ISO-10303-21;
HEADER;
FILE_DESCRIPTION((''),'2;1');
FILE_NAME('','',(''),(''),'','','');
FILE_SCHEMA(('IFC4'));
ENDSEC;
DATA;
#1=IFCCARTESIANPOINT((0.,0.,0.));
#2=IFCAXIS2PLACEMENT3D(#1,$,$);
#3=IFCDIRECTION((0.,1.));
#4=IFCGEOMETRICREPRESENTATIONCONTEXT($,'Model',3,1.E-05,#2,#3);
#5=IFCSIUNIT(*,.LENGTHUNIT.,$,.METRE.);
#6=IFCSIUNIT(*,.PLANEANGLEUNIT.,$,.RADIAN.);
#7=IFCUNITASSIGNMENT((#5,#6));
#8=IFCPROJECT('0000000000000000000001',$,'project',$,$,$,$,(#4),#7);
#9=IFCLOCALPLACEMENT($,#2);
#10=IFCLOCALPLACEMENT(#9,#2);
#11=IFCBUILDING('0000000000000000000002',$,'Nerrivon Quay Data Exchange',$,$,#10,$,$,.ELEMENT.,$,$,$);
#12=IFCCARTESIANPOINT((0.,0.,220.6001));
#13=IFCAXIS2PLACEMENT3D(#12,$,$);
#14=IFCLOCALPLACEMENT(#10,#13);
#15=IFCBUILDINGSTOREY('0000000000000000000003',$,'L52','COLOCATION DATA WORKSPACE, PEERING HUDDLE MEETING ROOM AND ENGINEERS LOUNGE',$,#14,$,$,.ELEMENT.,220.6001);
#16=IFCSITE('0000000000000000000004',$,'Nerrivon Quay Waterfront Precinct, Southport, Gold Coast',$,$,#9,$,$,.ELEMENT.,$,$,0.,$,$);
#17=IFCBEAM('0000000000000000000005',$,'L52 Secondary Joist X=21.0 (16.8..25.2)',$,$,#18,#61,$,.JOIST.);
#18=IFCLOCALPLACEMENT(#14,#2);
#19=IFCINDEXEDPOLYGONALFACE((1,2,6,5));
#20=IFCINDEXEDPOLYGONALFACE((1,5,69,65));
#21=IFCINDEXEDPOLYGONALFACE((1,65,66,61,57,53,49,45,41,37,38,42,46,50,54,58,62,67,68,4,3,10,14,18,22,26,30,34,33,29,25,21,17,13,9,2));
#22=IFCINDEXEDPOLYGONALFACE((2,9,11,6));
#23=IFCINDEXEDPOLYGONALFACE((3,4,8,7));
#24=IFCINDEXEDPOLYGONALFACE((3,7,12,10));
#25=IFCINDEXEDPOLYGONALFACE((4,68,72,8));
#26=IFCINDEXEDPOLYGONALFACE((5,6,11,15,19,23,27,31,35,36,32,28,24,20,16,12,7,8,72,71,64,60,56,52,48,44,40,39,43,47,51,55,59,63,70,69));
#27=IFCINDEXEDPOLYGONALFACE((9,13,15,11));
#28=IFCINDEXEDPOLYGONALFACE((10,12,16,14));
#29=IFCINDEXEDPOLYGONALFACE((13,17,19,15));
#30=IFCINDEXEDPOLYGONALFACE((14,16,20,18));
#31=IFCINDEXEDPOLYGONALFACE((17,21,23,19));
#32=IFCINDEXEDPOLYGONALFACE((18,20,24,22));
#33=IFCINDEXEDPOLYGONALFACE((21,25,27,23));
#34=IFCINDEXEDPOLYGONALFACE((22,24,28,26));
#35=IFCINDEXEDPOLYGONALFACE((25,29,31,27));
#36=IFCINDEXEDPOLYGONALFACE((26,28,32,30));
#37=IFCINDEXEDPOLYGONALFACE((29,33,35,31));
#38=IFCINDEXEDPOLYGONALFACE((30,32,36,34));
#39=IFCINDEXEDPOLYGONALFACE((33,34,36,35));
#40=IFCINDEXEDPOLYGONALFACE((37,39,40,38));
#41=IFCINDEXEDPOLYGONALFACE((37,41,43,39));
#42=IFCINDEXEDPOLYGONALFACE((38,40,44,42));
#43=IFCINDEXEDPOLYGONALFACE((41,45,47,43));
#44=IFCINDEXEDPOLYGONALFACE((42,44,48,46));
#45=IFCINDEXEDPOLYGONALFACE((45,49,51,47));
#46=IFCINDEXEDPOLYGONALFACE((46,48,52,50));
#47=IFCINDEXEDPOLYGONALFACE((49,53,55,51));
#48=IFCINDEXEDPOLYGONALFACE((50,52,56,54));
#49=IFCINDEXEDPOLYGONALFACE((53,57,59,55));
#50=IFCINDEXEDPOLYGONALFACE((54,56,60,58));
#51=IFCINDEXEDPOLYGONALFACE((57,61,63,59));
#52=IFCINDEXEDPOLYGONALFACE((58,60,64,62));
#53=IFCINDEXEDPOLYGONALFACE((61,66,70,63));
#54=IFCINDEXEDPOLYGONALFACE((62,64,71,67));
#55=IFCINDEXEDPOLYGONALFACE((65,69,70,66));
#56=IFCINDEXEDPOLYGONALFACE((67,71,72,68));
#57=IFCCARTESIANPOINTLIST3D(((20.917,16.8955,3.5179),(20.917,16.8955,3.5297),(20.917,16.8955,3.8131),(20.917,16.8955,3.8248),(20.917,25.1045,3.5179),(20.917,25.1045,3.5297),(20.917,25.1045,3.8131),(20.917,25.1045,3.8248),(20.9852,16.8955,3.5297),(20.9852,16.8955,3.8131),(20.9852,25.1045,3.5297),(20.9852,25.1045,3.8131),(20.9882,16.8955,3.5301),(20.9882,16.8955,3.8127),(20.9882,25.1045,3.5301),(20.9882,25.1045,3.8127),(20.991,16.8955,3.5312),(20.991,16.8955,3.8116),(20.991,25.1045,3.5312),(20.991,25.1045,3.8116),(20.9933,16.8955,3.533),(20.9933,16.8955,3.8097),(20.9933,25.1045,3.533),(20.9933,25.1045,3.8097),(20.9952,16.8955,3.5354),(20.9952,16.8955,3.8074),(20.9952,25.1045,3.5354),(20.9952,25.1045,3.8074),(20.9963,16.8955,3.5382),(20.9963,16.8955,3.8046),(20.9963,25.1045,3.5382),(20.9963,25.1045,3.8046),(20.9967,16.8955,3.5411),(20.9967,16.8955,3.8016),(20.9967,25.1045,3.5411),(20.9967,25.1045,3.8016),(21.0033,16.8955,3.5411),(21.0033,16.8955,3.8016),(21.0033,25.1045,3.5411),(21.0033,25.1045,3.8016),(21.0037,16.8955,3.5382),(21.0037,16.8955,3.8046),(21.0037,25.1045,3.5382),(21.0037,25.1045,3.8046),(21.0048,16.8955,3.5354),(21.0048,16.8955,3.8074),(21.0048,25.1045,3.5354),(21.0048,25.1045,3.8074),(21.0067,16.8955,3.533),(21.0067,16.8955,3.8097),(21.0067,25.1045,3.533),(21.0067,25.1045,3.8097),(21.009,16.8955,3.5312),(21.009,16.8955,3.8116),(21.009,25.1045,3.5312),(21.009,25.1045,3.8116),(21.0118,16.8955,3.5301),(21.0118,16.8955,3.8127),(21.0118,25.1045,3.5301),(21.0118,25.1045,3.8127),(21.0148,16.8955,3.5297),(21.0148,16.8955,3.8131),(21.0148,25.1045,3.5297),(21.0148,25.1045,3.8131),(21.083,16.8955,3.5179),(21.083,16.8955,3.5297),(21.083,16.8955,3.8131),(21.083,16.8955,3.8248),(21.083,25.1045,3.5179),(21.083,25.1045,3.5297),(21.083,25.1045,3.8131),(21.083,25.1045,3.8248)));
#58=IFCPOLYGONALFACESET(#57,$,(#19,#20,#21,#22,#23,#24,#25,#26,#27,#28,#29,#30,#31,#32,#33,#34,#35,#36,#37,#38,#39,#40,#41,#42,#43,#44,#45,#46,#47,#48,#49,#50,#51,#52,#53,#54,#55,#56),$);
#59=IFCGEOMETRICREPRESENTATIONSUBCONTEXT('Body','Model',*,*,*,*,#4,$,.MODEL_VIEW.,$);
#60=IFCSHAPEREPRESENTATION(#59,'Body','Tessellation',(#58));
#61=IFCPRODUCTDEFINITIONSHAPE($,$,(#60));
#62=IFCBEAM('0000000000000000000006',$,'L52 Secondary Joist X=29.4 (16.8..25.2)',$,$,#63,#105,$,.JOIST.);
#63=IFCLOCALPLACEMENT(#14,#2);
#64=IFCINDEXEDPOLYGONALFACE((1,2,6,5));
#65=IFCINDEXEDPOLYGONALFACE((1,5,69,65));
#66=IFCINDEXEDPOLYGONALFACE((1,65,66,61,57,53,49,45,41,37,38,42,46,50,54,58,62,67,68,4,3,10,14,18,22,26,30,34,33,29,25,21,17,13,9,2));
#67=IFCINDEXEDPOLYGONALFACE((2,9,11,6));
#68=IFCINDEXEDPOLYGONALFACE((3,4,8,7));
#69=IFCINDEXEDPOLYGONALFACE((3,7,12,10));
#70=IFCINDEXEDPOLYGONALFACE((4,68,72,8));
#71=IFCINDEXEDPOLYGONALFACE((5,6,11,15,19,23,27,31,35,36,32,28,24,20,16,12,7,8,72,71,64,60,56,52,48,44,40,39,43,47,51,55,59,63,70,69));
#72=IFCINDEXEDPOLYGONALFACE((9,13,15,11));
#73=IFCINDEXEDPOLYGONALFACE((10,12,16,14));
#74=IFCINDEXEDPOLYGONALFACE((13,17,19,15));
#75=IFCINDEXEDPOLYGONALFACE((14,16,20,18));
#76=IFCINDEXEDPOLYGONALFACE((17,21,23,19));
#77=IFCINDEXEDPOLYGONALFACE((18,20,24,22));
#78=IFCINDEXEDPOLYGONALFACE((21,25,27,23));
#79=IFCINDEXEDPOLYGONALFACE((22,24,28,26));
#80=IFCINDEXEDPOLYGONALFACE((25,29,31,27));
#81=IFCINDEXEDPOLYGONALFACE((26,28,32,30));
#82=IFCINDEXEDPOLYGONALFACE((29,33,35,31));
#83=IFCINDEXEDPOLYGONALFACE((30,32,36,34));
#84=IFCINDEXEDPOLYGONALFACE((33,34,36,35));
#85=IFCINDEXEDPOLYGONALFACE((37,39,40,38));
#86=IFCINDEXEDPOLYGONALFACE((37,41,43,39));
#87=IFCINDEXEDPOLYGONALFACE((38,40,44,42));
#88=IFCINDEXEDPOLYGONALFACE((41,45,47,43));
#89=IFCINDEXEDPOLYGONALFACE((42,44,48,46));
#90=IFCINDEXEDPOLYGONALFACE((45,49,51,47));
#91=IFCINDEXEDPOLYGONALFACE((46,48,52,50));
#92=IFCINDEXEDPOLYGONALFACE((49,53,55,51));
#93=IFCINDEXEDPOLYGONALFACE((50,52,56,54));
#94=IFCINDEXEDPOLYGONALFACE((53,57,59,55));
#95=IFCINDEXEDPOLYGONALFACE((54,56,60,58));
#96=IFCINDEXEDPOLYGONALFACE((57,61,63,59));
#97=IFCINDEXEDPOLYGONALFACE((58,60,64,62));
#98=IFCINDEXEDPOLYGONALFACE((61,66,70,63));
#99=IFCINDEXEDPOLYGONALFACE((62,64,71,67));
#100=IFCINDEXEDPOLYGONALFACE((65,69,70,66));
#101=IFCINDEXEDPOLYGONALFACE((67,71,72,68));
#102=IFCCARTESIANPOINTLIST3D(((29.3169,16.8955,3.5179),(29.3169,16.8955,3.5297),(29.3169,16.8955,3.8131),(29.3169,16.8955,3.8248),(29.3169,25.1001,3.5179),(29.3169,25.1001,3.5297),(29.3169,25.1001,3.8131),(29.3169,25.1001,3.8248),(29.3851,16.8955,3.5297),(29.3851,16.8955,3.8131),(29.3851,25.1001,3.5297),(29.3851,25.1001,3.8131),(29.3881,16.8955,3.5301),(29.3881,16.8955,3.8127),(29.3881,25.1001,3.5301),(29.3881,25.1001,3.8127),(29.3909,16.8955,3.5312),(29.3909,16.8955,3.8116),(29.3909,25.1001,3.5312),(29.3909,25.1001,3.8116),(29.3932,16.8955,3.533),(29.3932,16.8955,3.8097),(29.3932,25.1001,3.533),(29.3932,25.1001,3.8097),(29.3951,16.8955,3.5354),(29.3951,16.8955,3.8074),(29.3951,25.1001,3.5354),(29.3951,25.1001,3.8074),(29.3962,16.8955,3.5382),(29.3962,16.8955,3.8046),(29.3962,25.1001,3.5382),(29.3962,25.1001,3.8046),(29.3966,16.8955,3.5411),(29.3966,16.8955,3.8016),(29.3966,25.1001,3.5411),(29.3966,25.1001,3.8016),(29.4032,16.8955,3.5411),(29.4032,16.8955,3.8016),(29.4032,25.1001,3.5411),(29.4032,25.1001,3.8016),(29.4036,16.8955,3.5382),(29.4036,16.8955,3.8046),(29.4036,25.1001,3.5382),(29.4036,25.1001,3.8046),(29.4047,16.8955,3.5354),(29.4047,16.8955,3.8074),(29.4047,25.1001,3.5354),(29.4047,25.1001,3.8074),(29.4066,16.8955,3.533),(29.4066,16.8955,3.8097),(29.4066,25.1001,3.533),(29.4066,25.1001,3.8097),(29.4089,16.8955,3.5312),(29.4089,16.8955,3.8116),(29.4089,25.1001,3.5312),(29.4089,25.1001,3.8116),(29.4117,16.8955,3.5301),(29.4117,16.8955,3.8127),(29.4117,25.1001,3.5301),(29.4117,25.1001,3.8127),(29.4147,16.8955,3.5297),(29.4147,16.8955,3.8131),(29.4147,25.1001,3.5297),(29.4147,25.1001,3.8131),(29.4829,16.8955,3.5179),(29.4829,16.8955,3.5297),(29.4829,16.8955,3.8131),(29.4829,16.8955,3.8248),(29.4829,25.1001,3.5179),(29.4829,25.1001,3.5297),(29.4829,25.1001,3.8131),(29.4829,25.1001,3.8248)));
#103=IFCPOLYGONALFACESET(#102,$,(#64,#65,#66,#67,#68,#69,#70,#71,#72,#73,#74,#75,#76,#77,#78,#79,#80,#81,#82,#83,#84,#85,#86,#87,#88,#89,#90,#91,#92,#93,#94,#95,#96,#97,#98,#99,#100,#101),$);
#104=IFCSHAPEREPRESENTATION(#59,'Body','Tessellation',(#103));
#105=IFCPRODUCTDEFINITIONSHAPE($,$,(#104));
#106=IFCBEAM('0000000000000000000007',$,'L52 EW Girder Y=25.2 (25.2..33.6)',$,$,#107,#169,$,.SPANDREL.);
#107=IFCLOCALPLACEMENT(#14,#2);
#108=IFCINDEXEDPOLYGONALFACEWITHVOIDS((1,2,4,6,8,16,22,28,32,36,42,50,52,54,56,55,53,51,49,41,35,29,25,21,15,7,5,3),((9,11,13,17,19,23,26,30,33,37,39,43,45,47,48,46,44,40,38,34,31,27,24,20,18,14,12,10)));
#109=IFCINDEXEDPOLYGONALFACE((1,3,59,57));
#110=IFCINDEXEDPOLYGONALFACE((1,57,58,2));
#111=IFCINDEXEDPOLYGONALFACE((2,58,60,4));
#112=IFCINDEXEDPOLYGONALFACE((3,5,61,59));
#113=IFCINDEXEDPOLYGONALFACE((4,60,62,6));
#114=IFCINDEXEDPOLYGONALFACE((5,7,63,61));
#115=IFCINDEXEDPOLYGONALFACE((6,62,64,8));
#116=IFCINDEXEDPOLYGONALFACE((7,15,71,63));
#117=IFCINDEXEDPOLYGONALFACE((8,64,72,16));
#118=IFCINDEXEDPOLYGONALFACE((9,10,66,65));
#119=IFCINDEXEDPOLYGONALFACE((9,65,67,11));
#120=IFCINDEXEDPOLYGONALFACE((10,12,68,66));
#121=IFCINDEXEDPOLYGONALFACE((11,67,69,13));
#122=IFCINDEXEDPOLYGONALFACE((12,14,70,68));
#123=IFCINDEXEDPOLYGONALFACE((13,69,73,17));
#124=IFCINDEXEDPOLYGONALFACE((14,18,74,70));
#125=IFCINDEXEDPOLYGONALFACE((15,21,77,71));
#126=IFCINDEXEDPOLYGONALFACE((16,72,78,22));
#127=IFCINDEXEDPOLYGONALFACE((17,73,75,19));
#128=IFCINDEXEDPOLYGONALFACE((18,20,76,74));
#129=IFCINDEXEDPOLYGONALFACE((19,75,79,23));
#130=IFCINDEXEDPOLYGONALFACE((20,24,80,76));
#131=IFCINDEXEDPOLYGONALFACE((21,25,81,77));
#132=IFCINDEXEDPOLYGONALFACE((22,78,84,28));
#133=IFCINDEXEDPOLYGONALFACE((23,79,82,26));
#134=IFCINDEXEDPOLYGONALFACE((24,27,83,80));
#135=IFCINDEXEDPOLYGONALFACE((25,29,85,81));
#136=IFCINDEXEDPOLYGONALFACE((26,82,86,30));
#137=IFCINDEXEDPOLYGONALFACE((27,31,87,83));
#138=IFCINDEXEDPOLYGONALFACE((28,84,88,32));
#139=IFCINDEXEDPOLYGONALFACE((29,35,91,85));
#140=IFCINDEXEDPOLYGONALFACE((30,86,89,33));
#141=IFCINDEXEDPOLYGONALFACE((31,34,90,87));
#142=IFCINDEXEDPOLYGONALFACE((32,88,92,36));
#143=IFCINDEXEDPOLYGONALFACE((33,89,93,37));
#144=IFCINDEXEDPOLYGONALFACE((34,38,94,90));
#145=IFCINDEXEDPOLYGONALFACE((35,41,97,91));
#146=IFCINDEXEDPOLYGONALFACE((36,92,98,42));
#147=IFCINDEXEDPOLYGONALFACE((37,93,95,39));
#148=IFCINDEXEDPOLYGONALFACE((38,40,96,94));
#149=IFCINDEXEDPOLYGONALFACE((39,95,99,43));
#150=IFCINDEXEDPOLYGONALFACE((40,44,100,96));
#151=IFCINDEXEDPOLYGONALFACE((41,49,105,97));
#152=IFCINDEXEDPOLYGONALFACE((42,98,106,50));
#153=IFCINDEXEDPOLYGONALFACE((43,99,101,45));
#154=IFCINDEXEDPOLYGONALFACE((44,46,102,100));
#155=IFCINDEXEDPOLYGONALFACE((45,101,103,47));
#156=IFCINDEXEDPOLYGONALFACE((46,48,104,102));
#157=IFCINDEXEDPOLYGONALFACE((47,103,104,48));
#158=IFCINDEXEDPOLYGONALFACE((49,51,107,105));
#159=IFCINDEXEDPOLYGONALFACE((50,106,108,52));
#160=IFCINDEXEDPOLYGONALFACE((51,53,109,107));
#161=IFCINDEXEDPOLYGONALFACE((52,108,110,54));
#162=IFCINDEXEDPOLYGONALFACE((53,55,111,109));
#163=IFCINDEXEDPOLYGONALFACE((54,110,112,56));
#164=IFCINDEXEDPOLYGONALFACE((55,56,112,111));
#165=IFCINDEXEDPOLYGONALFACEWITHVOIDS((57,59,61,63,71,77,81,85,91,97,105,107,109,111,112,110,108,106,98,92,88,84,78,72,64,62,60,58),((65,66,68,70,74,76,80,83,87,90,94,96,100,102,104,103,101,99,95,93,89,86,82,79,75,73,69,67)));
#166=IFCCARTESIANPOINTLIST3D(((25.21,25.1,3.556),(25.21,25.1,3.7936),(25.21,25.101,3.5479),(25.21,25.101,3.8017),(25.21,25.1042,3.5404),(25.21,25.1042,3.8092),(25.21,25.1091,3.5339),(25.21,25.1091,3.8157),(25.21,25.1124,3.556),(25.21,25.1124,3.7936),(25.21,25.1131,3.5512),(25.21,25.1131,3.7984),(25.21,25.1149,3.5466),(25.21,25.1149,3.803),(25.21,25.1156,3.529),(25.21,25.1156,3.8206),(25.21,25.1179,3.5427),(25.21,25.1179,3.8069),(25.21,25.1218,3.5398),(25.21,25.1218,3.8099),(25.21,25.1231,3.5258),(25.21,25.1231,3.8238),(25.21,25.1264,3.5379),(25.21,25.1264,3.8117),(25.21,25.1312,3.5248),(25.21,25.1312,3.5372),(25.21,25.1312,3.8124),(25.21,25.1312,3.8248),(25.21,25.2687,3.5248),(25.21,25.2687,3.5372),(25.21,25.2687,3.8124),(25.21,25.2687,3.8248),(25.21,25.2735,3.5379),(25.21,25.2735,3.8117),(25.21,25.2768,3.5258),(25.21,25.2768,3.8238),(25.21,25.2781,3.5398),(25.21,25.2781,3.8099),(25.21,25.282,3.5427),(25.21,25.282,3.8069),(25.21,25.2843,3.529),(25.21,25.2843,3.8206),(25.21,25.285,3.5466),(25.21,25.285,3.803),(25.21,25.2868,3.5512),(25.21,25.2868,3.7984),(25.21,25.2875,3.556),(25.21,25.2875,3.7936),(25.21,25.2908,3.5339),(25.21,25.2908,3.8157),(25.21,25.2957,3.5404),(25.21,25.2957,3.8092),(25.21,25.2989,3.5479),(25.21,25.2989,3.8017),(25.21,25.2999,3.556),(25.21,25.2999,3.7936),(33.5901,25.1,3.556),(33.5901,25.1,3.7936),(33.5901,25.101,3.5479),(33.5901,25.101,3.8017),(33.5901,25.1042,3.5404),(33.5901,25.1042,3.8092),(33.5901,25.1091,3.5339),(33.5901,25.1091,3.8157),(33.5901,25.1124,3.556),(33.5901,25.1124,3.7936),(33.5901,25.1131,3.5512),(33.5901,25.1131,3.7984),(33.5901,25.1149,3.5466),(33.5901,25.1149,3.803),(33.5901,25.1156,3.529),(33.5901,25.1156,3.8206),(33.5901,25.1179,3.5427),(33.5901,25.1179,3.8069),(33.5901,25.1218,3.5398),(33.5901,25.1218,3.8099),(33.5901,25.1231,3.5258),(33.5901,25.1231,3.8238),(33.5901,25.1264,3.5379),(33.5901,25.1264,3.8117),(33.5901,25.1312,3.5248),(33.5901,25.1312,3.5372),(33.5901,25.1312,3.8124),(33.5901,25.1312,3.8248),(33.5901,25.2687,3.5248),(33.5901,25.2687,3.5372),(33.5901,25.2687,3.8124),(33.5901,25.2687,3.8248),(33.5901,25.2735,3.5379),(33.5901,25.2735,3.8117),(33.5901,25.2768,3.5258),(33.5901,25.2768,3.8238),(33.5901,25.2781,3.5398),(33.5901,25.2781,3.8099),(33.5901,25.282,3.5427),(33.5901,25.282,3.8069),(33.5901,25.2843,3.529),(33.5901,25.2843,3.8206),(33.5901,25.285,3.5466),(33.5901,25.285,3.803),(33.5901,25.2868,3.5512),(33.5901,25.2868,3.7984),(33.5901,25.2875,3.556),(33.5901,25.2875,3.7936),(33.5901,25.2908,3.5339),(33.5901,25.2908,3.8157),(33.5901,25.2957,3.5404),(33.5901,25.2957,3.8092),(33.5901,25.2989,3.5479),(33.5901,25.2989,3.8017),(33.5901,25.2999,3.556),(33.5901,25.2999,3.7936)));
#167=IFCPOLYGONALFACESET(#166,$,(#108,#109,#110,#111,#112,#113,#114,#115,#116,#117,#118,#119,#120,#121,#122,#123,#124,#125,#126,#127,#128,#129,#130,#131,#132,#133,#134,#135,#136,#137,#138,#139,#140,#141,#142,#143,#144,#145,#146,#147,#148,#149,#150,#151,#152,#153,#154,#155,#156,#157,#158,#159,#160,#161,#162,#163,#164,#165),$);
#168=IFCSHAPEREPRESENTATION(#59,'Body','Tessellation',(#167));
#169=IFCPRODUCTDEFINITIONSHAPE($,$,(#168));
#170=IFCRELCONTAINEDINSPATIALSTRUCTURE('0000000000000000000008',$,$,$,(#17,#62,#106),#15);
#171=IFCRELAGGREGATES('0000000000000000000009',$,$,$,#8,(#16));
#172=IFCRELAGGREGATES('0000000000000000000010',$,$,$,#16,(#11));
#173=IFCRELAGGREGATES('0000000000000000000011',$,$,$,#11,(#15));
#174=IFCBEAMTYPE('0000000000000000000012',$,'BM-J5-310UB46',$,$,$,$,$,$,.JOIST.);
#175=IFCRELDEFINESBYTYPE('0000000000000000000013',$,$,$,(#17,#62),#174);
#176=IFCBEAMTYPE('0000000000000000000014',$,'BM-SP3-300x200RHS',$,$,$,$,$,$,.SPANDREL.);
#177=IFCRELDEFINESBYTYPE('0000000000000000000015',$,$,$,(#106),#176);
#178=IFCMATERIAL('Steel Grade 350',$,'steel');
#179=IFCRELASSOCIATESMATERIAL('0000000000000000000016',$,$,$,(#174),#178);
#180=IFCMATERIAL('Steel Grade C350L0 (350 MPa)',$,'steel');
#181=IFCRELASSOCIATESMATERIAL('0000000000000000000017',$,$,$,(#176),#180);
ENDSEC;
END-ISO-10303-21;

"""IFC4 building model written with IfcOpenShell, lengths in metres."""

from ifc_helpers import new_model, si_unit, direction, frame, origin, origin_2d, place, context, subcontext, project, spatial, hollow_rectangle, i_section, extrude, material, material_profile, profile_set, type_object, element, save


model = new_model("IFC4")

# Units and contexts
model_context = context("Model", 3, precision=1e-05, world=origin(), true_north=direction((0.0, 1.0)))
body_context = subcontext(model_context, "Body", "Model", "MODEL_VIEW")
ifc_project = project(units=[si_unit("LENGTHUNIT", "METRE"), si_unit("PLANEANGLEUNIT", "RADIAN")], contexts=[model_context])

# Site, building, storey
site_placement = place(None, origin())
site = spatial("IfcSite", under=ifc_project, at=site_placement, Name="Nerrivon Quay Waterfront Precinct, Southport, Gold Coast", CompositionType="ELEMENT", RefElevation=0.0)
building_placement = place(site_placement, origin())
building = spatial("IfcBuilding", under=site, at=building_placement, Name="Nerrivon Quay Data Exchange", CompositionType="ELEMENT")
storey_placement = place(building_placement, frame((0.0, 0.0, 220.6001)))
storey = spatial("IfcBuildingStorey", under=building, at=storey_placement, Name="L52", Description="COLOCATION DATA WORKSPACE, PEERING HUDDLE MEETING ROOM AND ENGINEERS LOUNGE", CompositionType="ELEMENT", Elevation=220.6001)

# Shared definitions
ifc_material_1 = material(Name="Steel Grade 350", Category="steel")

# Beams
ifc_material_profile_1 = material_profile(ifc_material_1, i_section(OverallWidth=0.166, OverallDepth=0.3069, WebThickness=0.0066, FlangeThickness=0.0117, FilletRadius=0.0115, at=origin_2d()), Name="310UB46.2")
ifc_profile_set_1 = profile_set([ifc_material_profile_1], Name="Steel Grade 350")
beam_type_1 = type_object("IfcBeamType", Name="BM-J5-310UB46", PredefinedType="JOIST", material=ifc_profile_set_1)
beam_1_placement = place(storey_placement, frame((21.0, 16.8955, 3.6714), z_axis=(0.0, 1.0, 0.0), x_axis=(-1.0, 0.0, 0.0)))
element("IfcBeam", 1, at=beam_1_placement, inside=storey, type_object=beam_type_1, Name="L52 Secondary Joist X=21.0 (16.8..25.2)", PredefinedType="JOIST", context=body_context, shape_type="SweptSolid", body=[
    extrude(i_section(OverallWidth=0.166, OverallDepth=0.3069, WebThickness=0.0066, FlangeThickness=0.0117, FilletRadius=0.0115, at=origin_2d()), origin(), (0.0, 0.0, 1.0), 8.209),
])
beam_2_placement = place(storey_placement, frame((29.3999, 16.8955, 3.6714), z_axis=(0.0, 1.0, 0.0), x_axis=(-1.0, 0.0, 0.0)))
element("IfcBeam", 2, at=beam_2_placement, inside=storey, type_object=beam_type_1, Name="L52 Secondary Joist X=29.4 (16.8..25.2)", PredefinedType="JOIST", context=body_context, shape_type="SweptSolid", body=[
    extrude(i_section(OverallWidth=0.166, OverallDepth=0.3069, WebThickness=0.0066, FlangeThickness=0.0117, FilletRadius=0.0115, at=origin_2d()), origin(), (0.0, 0.0, 1.0), 8.2046),
])
ifc_material_2 = material(Name="Steel Grade C350L0 (350 MPa)", Category="steel")
ifc_material_profile_2 = material_profile(ifc_material_2, hollow_rectangle(XDim=0.2, YDim=0.3, WallThickness=0.0125, InnerFilletRadius=0.0188, OuterFilletRadius=0.0312, at=origin_2d()), Name="300x200x12.5RHS")
ifc_profile_set_2 = profile_set([ifc_material_profile_2], Name="Steel Grade C350L0 (350 MPa)")
beam_type_2 = type_object("IfcBeamType", Name="BM-SP3-300x200RHS", PredefinedType="SPANDREL", material=ifc_profile_set_2)
beam_3_placement = place(storey_placement, frame((25.21, 25.2, 3.6748), z_axis=(1.0, 0.0, 0.0), x_axis=(0.0, 1.0, 0.0)))
element("IfcBeam", 3, at=beam_3_placement, inside=storey, type_object=beam_type_2, Name="L52 EW Girder Y=25.2 (25.2..33.6)", PredefinedType="SPANDREL", context=body_context, shape_type="SweptSolid", body=[
    extrude(hollow_rectangle(XDim=0.2, YDim=0.3, WallThickness=0.0125, InnerFilletRadius=0.0188, OuterFilletRadius=0.0312, at=origin_2d()), origin(), (0.0, 0.0, 1.0), 8.3801),
])

save(model, "model.ifc")
